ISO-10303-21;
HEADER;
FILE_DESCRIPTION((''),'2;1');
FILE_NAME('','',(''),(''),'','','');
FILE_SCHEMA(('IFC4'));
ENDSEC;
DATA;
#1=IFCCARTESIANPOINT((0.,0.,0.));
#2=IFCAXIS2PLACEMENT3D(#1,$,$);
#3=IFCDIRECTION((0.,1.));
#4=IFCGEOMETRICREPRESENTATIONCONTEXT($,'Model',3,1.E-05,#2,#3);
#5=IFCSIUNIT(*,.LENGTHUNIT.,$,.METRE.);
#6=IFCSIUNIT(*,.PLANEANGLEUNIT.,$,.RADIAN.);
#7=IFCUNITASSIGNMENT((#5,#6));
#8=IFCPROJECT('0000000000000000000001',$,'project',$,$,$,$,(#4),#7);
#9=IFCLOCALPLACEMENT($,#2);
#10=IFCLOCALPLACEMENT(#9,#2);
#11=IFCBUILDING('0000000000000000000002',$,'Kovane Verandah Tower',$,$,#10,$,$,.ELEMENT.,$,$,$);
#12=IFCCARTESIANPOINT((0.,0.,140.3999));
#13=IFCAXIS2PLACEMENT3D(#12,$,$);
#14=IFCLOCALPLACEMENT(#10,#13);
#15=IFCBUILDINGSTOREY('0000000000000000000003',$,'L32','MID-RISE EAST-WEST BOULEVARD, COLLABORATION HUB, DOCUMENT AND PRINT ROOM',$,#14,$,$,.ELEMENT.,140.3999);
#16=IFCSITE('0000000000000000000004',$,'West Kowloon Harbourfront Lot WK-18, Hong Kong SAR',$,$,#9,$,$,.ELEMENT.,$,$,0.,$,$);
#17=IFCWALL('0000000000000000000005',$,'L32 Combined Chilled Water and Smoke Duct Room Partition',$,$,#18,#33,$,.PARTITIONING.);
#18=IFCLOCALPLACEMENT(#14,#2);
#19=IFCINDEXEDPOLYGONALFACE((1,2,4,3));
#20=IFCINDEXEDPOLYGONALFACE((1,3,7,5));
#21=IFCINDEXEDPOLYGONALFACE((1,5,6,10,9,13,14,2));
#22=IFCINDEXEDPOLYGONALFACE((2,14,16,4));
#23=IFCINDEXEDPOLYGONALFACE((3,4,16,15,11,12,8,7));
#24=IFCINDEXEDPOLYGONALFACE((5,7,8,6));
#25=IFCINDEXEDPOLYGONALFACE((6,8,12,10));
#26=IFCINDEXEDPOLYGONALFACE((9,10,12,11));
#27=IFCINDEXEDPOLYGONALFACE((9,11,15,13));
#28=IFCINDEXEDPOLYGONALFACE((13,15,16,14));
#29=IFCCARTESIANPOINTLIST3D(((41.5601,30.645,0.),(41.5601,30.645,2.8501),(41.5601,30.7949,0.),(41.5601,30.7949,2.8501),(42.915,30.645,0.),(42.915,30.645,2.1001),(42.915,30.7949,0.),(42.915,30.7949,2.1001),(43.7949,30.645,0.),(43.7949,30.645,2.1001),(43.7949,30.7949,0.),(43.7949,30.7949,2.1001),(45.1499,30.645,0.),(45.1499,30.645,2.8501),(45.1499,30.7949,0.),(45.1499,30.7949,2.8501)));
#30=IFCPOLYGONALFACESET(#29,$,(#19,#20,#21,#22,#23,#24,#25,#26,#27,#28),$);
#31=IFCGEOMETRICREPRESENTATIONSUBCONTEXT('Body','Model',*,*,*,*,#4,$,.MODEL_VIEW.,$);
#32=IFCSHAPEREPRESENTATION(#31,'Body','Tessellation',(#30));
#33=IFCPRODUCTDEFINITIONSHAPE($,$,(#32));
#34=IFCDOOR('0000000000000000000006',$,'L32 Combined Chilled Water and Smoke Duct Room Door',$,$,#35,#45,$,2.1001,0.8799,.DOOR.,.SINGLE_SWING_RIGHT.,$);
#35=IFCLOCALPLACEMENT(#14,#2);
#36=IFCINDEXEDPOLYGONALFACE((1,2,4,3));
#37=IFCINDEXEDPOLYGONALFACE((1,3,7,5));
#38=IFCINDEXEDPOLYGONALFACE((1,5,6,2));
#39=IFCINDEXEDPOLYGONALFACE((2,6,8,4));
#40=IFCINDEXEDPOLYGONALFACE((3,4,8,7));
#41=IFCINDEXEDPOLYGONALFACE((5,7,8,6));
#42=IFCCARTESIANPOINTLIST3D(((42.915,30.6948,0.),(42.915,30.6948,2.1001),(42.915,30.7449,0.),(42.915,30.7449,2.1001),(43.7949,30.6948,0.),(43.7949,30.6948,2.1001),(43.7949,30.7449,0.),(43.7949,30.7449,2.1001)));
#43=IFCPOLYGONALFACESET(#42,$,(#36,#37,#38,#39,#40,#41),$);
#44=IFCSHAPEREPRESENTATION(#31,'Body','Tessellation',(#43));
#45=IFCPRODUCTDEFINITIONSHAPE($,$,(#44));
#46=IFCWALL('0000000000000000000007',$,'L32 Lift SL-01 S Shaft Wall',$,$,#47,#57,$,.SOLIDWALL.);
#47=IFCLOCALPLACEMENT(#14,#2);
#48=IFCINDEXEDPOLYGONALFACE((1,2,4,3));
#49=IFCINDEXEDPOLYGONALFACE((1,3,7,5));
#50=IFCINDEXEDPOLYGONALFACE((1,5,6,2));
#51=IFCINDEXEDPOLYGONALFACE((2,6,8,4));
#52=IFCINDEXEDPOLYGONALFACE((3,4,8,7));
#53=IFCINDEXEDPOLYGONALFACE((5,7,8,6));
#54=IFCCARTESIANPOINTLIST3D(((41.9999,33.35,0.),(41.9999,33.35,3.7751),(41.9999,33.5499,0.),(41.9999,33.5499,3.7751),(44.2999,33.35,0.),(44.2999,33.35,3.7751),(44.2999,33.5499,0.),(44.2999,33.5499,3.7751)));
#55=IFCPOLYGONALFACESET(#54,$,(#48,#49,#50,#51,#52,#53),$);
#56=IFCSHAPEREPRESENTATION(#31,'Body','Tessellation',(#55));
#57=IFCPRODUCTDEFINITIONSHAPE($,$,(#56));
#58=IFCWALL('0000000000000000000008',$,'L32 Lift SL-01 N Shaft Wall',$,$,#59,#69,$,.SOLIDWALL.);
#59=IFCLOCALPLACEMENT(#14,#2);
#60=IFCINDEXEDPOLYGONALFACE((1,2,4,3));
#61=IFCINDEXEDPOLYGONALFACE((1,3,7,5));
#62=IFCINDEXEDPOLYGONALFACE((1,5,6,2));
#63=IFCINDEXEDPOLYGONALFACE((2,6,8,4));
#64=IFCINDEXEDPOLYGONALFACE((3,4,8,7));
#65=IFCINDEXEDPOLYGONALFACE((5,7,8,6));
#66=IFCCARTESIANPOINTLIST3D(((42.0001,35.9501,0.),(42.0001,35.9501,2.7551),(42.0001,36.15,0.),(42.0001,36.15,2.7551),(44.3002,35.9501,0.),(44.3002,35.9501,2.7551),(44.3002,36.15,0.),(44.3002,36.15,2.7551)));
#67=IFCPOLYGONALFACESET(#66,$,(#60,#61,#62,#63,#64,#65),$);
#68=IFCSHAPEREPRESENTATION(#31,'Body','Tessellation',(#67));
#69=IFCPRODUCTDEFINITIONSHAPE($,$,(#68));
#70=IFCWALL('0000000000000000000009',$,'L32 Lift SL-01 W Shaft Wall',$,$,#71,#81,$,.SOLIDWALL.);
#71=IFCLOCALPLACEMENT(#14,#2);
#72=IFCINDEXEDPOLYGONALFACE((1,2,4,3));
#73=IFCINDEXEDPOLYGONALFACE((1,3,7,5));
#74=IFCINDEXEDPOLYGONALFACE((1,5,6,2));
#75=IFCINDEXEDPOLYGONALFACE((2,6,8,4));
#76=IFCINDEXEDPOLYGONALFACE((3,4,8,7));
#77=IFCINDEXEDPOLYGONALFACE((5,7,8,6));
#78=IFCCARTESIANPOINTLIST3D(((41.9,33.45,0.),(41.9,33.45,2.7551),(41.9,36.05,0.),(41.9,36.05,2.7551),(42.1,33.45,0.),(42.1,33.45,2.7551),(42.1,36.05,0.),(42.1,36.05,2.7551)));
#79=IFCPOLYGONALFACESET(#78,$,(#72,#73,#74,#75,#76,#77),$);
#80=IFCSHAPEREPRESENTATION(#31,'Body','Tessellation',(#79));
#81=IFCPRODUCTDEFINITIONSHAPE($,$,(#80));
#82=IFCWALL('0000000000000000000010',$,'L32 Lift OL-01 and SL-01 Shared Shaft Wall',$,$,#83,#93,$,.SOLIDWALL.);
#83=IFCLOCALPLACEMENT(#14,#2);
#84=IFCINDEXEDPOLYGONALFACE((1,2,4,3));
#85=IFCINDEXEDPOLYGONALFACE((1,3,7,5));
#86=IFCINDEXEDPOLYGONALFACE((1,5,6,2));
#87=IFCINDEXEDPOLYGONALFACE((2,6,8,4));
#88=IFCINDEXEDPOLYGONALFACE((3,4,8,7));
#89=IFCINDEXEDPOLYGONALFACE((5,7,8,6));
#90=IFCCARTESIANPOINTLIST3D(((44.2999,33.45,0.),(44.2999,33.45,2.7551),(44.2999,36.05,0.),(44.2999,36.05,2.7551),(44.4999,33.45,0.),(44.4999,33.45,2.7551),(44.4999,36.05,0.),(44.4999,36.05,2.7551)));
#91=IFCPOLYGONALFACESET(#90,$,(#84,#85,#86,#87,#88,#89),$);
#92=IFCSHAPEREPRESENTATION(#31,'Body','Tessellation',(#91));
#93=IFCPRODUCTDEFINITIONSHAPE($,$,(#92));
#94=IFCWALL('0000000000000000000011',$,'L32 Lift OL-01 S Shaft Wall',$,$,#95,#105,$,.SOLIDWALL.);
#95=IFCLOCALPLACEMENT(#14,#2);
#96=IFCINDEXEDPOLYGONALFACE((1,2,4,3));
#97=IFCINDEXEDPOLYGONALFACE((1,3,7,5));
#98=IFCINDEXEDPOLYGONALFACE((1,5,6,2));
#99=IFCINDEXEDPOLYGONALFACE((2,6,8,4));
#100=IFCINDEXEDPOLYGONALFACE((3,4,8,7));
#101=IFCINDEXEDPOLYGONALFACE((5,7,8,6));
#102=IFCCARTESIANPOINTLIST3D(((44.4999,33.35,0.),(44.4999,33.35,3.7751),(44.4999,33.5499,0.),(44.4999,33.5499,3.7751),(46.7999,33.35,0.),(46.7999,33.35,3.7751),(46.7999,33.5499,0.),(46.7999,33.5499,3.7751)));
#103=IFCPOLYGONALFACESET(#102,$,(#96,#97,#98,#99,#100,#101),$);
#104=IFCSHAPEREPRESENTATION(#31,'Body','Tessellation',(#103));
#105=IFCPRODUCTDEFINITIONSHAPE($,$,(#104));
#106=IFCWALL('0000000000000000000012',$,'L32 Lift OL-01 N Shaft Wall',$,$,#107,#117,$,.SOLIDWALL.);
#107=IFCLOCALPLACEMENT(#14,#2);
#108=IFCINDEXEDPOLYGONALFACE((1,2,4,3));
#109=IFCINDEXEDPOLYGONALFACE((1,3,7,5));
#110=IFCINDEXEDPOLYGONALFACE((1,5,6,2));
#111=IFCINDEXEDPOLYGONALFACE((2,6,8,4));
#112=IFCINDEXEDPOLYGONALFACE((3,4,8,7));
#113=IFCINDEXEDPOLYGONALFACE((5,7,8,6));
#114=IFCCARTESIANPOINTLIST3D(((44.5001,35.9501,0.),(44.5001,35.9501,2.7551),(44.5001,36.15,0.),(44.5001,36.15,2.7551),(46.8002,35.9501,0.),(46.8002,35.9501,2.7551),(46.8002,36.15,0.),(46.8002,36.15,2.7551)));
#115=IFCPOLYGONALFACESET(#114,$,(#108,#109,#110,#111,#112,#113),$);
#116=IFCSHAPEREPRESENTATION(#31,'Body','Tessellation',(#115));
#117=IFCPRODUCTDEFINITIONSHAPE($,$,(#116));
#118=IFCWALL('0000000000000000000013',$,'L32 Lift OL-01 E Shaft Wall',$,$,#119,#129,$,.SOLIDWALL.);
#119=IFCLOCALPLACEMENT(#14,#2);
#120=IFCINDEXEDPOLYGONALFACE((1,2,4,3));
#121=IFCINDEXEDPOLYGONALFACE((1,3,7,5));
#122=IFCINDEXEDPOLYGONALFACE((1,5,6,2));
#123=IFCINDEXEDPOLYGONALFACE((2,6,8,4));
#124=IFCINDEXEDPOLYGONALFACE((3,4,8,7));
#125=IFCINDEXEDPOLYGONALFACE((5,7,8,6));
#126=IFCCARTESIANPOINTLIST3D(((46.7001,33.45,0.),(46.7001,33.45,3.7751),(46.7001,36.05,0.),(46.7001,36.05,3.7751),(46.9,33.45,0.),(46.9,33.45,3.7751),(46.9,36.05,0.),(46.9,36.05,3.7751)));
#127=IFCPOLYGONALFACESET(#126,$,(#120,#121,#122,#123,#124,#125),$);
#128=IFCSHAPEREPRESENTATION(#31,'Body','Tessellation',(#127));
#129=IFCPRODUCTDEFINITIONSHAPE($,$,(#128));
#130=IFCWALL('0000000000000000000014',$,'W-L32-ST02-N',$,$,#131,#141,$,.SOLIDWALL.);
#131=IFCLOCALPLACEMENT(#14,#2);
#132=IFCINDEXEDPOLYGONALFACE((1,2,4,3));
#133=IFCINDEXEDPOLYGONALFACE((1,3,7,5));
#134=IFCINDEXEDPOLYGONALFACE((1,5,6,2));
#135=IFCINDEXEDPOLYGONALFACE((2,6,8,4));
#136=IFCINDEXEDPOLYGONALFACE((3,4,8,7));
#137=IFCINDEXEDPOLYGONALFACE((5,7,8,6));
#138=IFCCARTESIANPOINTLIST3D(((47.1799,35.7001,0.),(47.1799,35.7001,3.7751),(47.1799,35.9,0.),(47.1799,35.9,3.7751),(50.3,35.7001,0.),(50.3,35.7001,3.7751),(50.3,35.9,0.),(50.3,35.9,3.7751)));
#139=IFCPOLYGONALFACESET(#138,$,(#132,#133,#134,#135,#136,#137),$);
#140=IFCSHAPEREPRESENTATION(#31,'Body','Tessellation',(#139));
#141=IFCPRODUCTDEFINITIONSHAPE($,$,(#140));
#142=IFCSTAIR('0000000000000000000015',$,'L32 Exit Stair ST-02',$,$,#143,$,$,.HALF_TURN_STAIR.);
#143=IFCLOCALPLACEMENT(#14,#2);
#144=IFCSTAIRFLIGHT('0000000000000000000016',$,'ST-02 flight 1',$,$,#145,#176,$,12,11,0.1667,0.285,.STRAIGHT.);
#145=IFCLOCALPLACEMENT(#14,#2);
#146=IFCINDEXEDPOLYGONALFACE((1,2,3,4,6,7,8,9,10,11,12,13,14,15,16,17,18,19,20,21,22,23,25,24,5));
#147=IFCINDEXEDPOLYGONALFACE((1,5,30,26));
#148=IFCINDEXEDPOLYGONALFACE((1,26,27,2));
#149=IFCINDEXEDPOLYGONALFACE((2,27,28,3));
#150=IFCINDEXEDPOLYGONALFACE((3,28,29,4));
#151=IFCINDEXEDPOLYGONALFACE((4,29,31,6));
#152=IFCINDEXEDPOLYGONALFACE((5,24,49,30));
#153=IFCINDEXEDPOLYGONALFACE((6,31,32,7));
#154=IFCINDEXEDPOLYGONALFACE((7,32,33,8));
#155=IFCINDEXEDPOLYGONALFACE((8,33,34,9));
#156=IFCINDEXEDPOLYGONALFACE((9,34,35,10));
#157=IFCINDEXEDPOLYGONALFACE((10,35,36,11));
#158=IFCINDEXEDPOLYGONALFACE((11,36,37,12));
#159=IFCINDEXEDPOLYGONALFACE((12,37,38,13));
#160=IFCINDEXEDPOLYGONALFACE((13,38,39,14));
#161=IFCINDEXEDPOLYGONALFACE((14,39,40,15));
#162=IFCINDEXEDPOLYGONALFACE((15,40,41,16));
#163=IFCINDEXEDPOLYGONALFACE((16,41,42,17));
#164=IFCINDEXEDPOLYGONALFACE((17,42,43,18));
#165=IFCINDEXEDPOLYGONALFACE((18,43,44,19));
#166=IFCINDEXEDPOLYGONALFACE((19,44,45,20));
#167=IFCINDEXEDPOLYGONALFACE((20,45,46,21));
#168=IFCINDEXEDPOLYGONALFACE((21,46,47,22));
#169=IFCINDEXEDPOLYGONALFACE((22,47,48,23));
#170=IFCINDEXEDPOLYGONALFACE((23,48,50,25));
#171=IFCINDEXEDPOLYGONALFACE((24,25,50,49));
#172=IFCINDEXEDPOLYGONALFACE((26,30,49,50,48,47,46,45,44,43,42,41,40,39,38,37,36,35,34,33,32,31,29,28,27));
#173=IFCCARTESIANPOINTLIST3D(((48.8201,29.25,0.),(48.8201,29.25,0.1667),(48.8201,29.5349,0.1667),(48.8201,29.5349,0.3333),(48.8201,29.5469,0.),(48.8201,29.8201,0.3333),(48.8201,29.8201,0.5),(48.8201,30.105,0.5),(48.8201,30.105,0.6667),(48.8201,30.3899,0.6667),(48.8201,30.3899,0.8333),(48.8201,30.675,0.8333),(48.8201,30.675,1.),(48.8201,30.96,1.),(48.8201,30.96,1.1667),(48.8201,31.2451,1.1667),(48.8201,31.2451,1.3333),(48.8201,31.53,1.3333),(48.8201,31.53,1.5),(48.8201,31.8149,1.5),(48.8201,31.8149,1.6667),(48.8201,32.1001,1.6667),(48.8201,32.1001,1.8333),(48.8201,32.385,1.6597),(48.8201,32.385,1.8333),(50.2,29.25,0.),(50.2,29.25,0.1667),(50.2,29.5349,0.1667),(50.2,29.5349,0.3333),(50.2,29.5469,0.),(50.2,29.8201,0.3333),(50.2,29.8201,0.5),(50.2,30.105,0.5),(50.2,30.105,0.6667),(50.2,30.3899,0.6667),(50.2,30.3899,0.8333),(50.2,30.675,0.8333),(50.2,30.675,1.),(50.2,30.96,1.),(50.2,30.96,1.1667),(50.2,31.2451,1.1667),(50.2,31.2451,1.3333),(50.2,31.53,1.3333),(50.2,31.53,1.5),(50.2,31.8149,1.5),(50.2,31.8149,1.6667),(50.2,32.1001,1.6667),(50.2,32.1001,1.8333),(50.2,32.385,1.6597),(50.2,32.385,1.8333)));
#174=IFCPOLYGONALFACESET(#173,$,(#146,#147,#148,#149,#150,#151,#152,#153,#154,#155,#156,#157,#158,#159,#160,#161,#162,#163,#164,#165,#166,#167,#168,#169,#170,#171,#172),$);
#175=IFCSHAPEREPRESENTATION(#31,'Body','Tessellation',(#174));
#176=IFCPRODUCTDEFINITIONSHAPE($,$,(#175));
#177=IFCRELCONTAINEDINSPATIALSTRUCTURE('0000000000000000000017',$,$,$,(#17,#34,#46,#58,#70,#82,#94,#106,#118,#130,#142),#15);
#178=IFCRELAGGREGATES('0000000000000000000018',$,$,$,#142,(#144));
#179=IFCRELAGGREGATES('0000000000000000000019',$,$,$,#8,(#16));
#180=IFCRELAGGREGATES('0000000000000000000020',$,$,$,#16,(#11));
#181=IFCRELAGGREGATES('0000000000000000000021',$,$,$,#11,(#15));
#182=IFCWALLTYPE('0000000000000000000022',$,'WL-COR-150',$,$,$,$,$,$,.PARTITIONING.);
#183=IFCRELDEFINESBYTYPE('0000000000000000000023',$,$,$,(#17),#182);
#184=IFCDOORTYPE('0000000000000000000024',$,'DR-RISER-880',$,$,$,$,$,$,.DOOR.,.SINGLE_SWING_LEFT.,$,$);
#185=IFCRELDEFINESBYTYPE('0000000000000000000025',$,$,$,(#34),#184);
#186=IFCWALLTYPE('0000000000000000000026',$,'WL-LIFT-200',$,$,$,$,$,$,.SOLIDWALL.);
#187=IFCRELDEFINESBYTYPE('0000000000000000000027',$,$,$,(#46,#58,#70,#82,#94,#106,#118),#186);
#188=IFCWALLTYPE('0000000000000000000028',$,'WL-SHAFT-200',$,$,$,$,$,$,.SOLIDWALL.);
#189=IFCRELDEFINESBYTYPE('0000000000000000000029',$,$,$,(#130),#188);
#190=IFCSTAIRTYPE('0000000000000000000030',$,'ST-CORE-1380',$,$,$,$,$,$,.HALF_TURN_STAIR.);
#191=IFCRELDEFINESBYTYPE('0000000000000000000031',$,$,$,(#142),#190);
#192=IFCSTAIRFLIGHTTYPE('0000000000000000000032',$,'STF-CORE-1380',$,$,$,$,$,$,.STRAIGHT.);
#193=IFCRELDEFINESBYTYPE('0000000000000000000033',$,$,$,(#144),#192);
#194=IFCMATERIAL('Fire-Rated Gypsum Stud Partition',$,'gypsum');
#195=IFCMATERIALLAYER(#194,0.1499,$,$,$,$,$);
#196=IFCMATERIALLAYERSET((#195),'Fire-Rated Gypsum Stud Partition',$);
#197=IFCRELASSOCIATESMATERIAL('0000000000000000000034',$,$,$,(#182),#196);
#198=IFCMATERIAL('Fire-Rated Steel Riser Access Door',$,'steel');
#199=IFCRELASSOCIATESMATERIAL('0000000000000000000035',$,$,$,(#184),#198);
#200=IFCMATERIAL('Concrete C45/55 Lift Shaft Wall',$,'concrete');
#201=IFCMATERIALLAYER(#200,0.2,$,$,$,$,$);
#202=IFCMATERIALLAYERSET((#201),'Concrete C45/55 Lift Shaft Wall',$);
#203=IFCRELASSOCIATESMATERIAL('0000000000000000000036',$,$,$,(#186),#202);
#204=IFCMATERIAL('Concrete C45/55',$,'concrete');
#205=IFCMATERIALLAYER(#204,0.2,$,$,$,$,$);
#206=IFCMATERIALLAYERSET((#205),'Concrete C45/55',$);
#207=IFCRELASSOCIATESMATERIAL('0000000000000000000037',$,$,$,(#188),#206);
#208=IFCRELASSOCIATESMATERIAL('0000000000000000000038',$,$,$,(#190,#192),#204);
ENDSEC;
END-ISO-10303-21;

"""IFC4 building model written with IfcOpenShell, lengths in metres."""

from ifc_helpers import new_model, si_unit, direction, frame, frame_2d, origin, place, context, subcontext, project, spatial, polyline, rectangle, outline, extrude, material, layer, layer_set, type_object, element, fill, aggregate, save


model = new_model("IFC4")

# Units and contexts
model_context = context("Model", 3, precision=1e-05, world=origin(), true_north=direction((0.0, 1.0)))
body_context = subcontext(model_context, "Body", "Model", "MODEL_VIEW")
ifc_project = project(units=[si_unit("LENGTHUNIT", "METRE"), si_unit("PLANEANGLEUNIT", "RADIAN")], contexts=[model_context])

# Site, building, storey
site_placement = place(None, origin())
site = spatial("IfcSite", under=ifc_project, at=site_placement, Name="West Kowloon Harbourfront Lot WK-18, Hong Kong SAR", CompositionType="ELEMENT", RefElevation=0.0)
building_placement = place(site_placement, origin())
building = spatial("IfcBuilding", under=site, at=building_placement, Name="Kovane Verandah Tower", CompositionType="ELEMENT")
storey_placement = place(building_placement, frame((0.0, 0.0, 140.3999)))
storey = spatial("IfcBuildingStorey", under=building, at=storey_placement, Name="L32", Description="MID-RISE EAST-WEST BOULEVARD, COLLABORATION HUB, DOCUMENT AND PRINT ROOM", CompositionType="ELEMENT", Elevation=140.3999)

# Wall, opening, door
ifc_material_1 = material(Name="Fire-Rated Gypsum Stud Partition", Category="gypsum")
ifc_layer_1 = layer(ifc_material_1, 0.1499)
ifc_layer_set_1 = layer_set([ifc_layer_1], Name="Fire-Rated Gypsum Stud Partition")
wall_type_1 = type_object("IfcWallType", Name="WL-COR-150", PredefinedType="PARTITIONING", material=ifc_layer_set_1)
wall_1_placement = place(storey_placement, frame((41.5601, 30.72, 0.0), z_axis=(0.0, 0.0, 1.0), x_axis=(1.0, 0.0, 0.0)))
wall_1 = element("IfcWall", 1, at=wall_1_placement, inside=storey, type_object=wall_type_1, Name="L32 Combined Chilled Water and Smoke Duct Room Partition", PredefinedType="PARTITIONING", context=body_context, shape_type="SweptSolid", body=[
    extrude(rectangle(XDim=3.5898, YDim=0.1499, at=frame_2d((1.7949, 0.0))), origin(), (0.0, 0.0, 1.0), 2.8501),
])
opening_placement = place(wall_1_placement, frame((1.355, 0.0, 0.0)))
opening = element("IfcOpeningElement", 2, at=opening_placement, cuts=wall_1, PredefinedType="OPENING", context=body_context, shape_type="SweptSolid", body=[
    extrude(rectangle(XDim=0.8799, YDim=2.1001, at=frame_2d((0.4399, 1.05))), frame((0.0, 0.075, 0.0), z_axis=(0.0, -1.0, 0.0), x_axis=(1.0, 0.0, 0.0)), (0.0, 0.0, 1.0), 0.1499),
])
ifc_material_2 = material(Name="Fire-Rated Steel Riser Access Door", Category="steel")
door_type = type_object("IfcDoorType", Name="DR-RISER-880", OperationType="SINGLE_SWING_LEFT", PredefinedType="DOOR", material=ifc_material_2)
door_placement = place(opening_placement, origin())
door = element("IfcDoor", 3, at=door_placement, inside=storey, type_object=door_type, Name="L32 Combined Chilled Water and Smoke Duct Room Door", OperationType="SINGLE_SWING_RIGHT", OverallHeight=2.1001, OverallWidth=0.8799, PredefinedType="DOOR", context=body_context, shape_type="SweptSolid", body=[
    extrude(rectangle(XDim=0.8799, YDim=2.1001, at=frame_2d((0.4399, 1.05))), frame((0.0, 0.0249, 0.0), z_axis=(0.0, -1.0, 0.0), x_axis=(1.0, 0.0, 0.0)), (0.0, 0.0, 1.0), 0.05),
])
fill(opening, door)

# Walls
ifc_material_3 = material(Name="Concrete C45/55 Lift Shaft Wall", Category="concrete")
ifc_layer_2 = layer(ifc_material_3, 0.2)
ifc_layer_set_2 = layer_set([ifc_layer_2], Name="Concrete C45/55 Lift Shaft Wall")
wall_type_2 = type_object("IfcWallType", Name="WL-LIFT-200", PredefinedType="SOLIDWALL", material=ifc_layer_set_2)
wall_2_placement = place(storey_placement, frame((42.0, 33.45, 0.0), z_axis=(0.0, 0.0, 1.0), x_axis=(1.0, 0.0, 0.0)))
element("IfcWall", 4, at=wall_2_placement, inside=storey, type_object=wall_type_2, Name="L32 Lift SL-01 S Shaft Wall", PredefinedType="SOLIDWALL", context=body_context, shape_type="SweptSolid", body=[
    extrude(rectangle(XDim=2.3, YDim=0.2, at=frame_2d((1.1499, 0.0))), origin(), (0.0, 0.0, 1.0), 3.7751),
])
wall_3_placement = place(storey_placement, frame((44.3, 36.05, 0.0), z_axis=(0.0, 0.0, 1.0), x_axis=(-1.0, 0.0, 0.0)))
element("IfcWall", 5, at=wall_3_placement, inside=storey, type_object=wall_type_2, Name="L32 Lift SL-01 N Shaft Wall", PredefinedType="SOLIDWALL", context=body_context, shape_type="SweptSolid", body=[
    extrude(rectangle(XDim=2.3, YDim=0.2, at=frame_2d((1.1499, 0.0))), origin(), (0.0, 0.0, 1.0), 2.7551),
])
for number, where, z_axis, x_axis, name in (
    (6, (42.0, 36.05, 0.0), (0.0, 0.0, 1.0), (0.0, -1.0, 0.0), "L32 Lift SL-01 W Shaft Wall"),
    (7, (44.3999, 33.45, 0.0), (0.0, 0.0, 1.0), (0.0, 1.0, 0.0), "L32 Lift OL-01 and SL-01 Shared Shaft Wall"),
):
    element("IfcWall", number, at=place(storey_placement, frame(where, z_axis=z_axis, x_axis=x_axis)), inside=storey, type_object=wall_type_2, Name=name, PredefinedType="SOLIDWALL", context=body_context, shape_type="SweptSolid", body=[
        extrude(rectangle(XDim=2.6001, YDim=0.2, at=frame_2d((1.3, 0.0))), origin(), (0.0, 0.0, 1.0), 2.7551),
    ])
wall_4_placement = place(storey_placement, frame((44.5, 33.45, 0.0), z_axis=(0.0, 0.0, 1.0), x_axis=(1.0, 0.0, 0.0)))
element("IfcWall", 8, at=wall_4_placement, inside=storey, type_object=wall_type_2, Name="L32 Lift OL-01 S Shaft Wall", PredefinedType="SOLIDWALL", context=body_context, shape_type="SweptSolid", body=[
    extrude(rectangle(XDim=2.3, YDim=0.2, at=frame_2d((1.1499, 0.0))), origin(), (0.0, 0.0, 1.0), 3.7751),
])
wall_5_placement = place(storey_placement, frame((46.8, 36.05, 0.0), z_axis=(0.0, 0.0, 1.0), x_axis=(-1.0, 0.0, 0.0)))
element("IfcWall", 9, at=wall_5_placement, inside=storey, type_object=wall_type_2, Name="L32 Lift OL-01 N Shaft Wall", PredefinedType="SOLIDWALL", context=body_context, shape_type="SweptSolid", body=[
    extrude(rectangle(XDim=2.3, YDim=0.2, at=frame_2d((1.1499, 0.0))), origin(), (0.0, 0.0, 1.0), 2.7551),
])
wall_6_placement = place(storey_placement, frame((46.8, 33.45, 0.0), z_axis=(0.0, 0.0, 1.0), x_axis=(0.0, 1.0, 0.0)))
element("IfcWall", 10, at=wall_6_placement, inside=storey, type_object=wall_type_2, Name="L32 Lift OL-01 E Shaft Wall", PredefinedType="SOLIDWALL", context=body_context, shape_type="SweptSolid", body=[
    extrude(rectangle(XDim=2.6001, YDim=0.2, at=frame_2d((1.3, 0.0))), origin(), (0.0, 0.0, 1.0), 3.7751),
])
ifc_material_4 = material(Name="Concrete C45/55", Category="concrete")
ifc_layer_3 = layer(ifc_material_4, 0.2)
ifc_layer_set_3 = layer_set([ifc_layer_3], Name="Concrete C45/55")
wall_type_3 = type_object("IfcWallType", Name="WL-SHAFT-200", PredefinedType="SOLIDWALL", material=ifc_layer_set_3)
wall_7_placement = place(storey_placement, frame((47.1799, 35.8, 0.0), z_axis=(0.0, 0.0, 1.0), x_axis=(1.0, 0.0, 0.0)))
element("IfcWall", 11, at=wall_7_placement, inside=storey, type_object=wall_type_3, Name="W-L32-ST02-N", PredefinedType="SOLIDWALL", context=body_context, shape_type="SweptSolid", body=[
    extrude(rectangle(XDim=3.1201, YDim=0.2, at=frame_2d((1.5601, 0.0))), origin(), (0.0, 0.0, 1.0), 3.7751),
])

# Stair, stair flight
stair_type = type_object("IfcStairType", Name="ST-CORE-1380", PredefinedType="HALF_TURN_STAIR", material=ifc_material_4)
stair_1_placement = place(storey_placement, origin())
stair_1 = element("IfcStair", 12, at=stair_1_placement, inside=storey, type_object=stair_type, Name="L32 Exit Stair ST-02", PredefinedType="HALF_TURN_STAIR")
stair_flight_type = type_object("IfcStairFlightType", Name="STF-CORE-1380", PredefinedType="STRAIGHT", material=ifc_material_4)
stair_flight_1_placement = place(storey_placement, frame((49.51, 29.25, 0.0), z_axis=(0.0, 0.0, 1.0), x_axis=(0.0, 1.0, 0.0)))
stair_flight_1 = element("IfcStairFlight", 13, at=stair_flight_1_placement, type_object=stair_flight_type, Name="ST-02 flight 1", NumberOfRisers=12, NumberOfTreads=11, PredefinedType="STRAIGHT", RiserHeight=0.1667, TreadLength=0.285, context=body_context, shape_type="SweptSolid", body=[
    extrude(outline(polyline([(0.0, 0.0), (0.0, 0.1667), (0.2849, 0.1667), (0.2849, 0.3333), (0.5701, 0.3333), (0.5701, 0.5), (0.855, 0.5), (0.855, 0.6667), (1.1399, 0.6667), (1.1399, 0.8333), (1.425, 0.8333), (1.425, 1.0), (1.71, 1.0), (1.71, 1.1667), (1.9951, 1.1667), (1.9951, 1.3333), (2.28, 1.3333), (2.28, 1.5), (2.5649, 1.5), (2.5649, 1.6667), (2.8501, 1.6667), (2.8501, 1.8333), (3.135, 1.8333), (3.135, 2.0), (3.135, 1.6597), (0.2969, 0.0), (0.0, 0.0)])), frame((0.0, 0.6899, 0.0), z_axis=(0.0, -1.0, 0.0), x_axis=(1.0, 0.0, 0.0)), (0.0, 0.0, 1.0), 1.3799),
])
aggregate(stair_1, [stair_flight_1])

save(model, "model.ifc")
